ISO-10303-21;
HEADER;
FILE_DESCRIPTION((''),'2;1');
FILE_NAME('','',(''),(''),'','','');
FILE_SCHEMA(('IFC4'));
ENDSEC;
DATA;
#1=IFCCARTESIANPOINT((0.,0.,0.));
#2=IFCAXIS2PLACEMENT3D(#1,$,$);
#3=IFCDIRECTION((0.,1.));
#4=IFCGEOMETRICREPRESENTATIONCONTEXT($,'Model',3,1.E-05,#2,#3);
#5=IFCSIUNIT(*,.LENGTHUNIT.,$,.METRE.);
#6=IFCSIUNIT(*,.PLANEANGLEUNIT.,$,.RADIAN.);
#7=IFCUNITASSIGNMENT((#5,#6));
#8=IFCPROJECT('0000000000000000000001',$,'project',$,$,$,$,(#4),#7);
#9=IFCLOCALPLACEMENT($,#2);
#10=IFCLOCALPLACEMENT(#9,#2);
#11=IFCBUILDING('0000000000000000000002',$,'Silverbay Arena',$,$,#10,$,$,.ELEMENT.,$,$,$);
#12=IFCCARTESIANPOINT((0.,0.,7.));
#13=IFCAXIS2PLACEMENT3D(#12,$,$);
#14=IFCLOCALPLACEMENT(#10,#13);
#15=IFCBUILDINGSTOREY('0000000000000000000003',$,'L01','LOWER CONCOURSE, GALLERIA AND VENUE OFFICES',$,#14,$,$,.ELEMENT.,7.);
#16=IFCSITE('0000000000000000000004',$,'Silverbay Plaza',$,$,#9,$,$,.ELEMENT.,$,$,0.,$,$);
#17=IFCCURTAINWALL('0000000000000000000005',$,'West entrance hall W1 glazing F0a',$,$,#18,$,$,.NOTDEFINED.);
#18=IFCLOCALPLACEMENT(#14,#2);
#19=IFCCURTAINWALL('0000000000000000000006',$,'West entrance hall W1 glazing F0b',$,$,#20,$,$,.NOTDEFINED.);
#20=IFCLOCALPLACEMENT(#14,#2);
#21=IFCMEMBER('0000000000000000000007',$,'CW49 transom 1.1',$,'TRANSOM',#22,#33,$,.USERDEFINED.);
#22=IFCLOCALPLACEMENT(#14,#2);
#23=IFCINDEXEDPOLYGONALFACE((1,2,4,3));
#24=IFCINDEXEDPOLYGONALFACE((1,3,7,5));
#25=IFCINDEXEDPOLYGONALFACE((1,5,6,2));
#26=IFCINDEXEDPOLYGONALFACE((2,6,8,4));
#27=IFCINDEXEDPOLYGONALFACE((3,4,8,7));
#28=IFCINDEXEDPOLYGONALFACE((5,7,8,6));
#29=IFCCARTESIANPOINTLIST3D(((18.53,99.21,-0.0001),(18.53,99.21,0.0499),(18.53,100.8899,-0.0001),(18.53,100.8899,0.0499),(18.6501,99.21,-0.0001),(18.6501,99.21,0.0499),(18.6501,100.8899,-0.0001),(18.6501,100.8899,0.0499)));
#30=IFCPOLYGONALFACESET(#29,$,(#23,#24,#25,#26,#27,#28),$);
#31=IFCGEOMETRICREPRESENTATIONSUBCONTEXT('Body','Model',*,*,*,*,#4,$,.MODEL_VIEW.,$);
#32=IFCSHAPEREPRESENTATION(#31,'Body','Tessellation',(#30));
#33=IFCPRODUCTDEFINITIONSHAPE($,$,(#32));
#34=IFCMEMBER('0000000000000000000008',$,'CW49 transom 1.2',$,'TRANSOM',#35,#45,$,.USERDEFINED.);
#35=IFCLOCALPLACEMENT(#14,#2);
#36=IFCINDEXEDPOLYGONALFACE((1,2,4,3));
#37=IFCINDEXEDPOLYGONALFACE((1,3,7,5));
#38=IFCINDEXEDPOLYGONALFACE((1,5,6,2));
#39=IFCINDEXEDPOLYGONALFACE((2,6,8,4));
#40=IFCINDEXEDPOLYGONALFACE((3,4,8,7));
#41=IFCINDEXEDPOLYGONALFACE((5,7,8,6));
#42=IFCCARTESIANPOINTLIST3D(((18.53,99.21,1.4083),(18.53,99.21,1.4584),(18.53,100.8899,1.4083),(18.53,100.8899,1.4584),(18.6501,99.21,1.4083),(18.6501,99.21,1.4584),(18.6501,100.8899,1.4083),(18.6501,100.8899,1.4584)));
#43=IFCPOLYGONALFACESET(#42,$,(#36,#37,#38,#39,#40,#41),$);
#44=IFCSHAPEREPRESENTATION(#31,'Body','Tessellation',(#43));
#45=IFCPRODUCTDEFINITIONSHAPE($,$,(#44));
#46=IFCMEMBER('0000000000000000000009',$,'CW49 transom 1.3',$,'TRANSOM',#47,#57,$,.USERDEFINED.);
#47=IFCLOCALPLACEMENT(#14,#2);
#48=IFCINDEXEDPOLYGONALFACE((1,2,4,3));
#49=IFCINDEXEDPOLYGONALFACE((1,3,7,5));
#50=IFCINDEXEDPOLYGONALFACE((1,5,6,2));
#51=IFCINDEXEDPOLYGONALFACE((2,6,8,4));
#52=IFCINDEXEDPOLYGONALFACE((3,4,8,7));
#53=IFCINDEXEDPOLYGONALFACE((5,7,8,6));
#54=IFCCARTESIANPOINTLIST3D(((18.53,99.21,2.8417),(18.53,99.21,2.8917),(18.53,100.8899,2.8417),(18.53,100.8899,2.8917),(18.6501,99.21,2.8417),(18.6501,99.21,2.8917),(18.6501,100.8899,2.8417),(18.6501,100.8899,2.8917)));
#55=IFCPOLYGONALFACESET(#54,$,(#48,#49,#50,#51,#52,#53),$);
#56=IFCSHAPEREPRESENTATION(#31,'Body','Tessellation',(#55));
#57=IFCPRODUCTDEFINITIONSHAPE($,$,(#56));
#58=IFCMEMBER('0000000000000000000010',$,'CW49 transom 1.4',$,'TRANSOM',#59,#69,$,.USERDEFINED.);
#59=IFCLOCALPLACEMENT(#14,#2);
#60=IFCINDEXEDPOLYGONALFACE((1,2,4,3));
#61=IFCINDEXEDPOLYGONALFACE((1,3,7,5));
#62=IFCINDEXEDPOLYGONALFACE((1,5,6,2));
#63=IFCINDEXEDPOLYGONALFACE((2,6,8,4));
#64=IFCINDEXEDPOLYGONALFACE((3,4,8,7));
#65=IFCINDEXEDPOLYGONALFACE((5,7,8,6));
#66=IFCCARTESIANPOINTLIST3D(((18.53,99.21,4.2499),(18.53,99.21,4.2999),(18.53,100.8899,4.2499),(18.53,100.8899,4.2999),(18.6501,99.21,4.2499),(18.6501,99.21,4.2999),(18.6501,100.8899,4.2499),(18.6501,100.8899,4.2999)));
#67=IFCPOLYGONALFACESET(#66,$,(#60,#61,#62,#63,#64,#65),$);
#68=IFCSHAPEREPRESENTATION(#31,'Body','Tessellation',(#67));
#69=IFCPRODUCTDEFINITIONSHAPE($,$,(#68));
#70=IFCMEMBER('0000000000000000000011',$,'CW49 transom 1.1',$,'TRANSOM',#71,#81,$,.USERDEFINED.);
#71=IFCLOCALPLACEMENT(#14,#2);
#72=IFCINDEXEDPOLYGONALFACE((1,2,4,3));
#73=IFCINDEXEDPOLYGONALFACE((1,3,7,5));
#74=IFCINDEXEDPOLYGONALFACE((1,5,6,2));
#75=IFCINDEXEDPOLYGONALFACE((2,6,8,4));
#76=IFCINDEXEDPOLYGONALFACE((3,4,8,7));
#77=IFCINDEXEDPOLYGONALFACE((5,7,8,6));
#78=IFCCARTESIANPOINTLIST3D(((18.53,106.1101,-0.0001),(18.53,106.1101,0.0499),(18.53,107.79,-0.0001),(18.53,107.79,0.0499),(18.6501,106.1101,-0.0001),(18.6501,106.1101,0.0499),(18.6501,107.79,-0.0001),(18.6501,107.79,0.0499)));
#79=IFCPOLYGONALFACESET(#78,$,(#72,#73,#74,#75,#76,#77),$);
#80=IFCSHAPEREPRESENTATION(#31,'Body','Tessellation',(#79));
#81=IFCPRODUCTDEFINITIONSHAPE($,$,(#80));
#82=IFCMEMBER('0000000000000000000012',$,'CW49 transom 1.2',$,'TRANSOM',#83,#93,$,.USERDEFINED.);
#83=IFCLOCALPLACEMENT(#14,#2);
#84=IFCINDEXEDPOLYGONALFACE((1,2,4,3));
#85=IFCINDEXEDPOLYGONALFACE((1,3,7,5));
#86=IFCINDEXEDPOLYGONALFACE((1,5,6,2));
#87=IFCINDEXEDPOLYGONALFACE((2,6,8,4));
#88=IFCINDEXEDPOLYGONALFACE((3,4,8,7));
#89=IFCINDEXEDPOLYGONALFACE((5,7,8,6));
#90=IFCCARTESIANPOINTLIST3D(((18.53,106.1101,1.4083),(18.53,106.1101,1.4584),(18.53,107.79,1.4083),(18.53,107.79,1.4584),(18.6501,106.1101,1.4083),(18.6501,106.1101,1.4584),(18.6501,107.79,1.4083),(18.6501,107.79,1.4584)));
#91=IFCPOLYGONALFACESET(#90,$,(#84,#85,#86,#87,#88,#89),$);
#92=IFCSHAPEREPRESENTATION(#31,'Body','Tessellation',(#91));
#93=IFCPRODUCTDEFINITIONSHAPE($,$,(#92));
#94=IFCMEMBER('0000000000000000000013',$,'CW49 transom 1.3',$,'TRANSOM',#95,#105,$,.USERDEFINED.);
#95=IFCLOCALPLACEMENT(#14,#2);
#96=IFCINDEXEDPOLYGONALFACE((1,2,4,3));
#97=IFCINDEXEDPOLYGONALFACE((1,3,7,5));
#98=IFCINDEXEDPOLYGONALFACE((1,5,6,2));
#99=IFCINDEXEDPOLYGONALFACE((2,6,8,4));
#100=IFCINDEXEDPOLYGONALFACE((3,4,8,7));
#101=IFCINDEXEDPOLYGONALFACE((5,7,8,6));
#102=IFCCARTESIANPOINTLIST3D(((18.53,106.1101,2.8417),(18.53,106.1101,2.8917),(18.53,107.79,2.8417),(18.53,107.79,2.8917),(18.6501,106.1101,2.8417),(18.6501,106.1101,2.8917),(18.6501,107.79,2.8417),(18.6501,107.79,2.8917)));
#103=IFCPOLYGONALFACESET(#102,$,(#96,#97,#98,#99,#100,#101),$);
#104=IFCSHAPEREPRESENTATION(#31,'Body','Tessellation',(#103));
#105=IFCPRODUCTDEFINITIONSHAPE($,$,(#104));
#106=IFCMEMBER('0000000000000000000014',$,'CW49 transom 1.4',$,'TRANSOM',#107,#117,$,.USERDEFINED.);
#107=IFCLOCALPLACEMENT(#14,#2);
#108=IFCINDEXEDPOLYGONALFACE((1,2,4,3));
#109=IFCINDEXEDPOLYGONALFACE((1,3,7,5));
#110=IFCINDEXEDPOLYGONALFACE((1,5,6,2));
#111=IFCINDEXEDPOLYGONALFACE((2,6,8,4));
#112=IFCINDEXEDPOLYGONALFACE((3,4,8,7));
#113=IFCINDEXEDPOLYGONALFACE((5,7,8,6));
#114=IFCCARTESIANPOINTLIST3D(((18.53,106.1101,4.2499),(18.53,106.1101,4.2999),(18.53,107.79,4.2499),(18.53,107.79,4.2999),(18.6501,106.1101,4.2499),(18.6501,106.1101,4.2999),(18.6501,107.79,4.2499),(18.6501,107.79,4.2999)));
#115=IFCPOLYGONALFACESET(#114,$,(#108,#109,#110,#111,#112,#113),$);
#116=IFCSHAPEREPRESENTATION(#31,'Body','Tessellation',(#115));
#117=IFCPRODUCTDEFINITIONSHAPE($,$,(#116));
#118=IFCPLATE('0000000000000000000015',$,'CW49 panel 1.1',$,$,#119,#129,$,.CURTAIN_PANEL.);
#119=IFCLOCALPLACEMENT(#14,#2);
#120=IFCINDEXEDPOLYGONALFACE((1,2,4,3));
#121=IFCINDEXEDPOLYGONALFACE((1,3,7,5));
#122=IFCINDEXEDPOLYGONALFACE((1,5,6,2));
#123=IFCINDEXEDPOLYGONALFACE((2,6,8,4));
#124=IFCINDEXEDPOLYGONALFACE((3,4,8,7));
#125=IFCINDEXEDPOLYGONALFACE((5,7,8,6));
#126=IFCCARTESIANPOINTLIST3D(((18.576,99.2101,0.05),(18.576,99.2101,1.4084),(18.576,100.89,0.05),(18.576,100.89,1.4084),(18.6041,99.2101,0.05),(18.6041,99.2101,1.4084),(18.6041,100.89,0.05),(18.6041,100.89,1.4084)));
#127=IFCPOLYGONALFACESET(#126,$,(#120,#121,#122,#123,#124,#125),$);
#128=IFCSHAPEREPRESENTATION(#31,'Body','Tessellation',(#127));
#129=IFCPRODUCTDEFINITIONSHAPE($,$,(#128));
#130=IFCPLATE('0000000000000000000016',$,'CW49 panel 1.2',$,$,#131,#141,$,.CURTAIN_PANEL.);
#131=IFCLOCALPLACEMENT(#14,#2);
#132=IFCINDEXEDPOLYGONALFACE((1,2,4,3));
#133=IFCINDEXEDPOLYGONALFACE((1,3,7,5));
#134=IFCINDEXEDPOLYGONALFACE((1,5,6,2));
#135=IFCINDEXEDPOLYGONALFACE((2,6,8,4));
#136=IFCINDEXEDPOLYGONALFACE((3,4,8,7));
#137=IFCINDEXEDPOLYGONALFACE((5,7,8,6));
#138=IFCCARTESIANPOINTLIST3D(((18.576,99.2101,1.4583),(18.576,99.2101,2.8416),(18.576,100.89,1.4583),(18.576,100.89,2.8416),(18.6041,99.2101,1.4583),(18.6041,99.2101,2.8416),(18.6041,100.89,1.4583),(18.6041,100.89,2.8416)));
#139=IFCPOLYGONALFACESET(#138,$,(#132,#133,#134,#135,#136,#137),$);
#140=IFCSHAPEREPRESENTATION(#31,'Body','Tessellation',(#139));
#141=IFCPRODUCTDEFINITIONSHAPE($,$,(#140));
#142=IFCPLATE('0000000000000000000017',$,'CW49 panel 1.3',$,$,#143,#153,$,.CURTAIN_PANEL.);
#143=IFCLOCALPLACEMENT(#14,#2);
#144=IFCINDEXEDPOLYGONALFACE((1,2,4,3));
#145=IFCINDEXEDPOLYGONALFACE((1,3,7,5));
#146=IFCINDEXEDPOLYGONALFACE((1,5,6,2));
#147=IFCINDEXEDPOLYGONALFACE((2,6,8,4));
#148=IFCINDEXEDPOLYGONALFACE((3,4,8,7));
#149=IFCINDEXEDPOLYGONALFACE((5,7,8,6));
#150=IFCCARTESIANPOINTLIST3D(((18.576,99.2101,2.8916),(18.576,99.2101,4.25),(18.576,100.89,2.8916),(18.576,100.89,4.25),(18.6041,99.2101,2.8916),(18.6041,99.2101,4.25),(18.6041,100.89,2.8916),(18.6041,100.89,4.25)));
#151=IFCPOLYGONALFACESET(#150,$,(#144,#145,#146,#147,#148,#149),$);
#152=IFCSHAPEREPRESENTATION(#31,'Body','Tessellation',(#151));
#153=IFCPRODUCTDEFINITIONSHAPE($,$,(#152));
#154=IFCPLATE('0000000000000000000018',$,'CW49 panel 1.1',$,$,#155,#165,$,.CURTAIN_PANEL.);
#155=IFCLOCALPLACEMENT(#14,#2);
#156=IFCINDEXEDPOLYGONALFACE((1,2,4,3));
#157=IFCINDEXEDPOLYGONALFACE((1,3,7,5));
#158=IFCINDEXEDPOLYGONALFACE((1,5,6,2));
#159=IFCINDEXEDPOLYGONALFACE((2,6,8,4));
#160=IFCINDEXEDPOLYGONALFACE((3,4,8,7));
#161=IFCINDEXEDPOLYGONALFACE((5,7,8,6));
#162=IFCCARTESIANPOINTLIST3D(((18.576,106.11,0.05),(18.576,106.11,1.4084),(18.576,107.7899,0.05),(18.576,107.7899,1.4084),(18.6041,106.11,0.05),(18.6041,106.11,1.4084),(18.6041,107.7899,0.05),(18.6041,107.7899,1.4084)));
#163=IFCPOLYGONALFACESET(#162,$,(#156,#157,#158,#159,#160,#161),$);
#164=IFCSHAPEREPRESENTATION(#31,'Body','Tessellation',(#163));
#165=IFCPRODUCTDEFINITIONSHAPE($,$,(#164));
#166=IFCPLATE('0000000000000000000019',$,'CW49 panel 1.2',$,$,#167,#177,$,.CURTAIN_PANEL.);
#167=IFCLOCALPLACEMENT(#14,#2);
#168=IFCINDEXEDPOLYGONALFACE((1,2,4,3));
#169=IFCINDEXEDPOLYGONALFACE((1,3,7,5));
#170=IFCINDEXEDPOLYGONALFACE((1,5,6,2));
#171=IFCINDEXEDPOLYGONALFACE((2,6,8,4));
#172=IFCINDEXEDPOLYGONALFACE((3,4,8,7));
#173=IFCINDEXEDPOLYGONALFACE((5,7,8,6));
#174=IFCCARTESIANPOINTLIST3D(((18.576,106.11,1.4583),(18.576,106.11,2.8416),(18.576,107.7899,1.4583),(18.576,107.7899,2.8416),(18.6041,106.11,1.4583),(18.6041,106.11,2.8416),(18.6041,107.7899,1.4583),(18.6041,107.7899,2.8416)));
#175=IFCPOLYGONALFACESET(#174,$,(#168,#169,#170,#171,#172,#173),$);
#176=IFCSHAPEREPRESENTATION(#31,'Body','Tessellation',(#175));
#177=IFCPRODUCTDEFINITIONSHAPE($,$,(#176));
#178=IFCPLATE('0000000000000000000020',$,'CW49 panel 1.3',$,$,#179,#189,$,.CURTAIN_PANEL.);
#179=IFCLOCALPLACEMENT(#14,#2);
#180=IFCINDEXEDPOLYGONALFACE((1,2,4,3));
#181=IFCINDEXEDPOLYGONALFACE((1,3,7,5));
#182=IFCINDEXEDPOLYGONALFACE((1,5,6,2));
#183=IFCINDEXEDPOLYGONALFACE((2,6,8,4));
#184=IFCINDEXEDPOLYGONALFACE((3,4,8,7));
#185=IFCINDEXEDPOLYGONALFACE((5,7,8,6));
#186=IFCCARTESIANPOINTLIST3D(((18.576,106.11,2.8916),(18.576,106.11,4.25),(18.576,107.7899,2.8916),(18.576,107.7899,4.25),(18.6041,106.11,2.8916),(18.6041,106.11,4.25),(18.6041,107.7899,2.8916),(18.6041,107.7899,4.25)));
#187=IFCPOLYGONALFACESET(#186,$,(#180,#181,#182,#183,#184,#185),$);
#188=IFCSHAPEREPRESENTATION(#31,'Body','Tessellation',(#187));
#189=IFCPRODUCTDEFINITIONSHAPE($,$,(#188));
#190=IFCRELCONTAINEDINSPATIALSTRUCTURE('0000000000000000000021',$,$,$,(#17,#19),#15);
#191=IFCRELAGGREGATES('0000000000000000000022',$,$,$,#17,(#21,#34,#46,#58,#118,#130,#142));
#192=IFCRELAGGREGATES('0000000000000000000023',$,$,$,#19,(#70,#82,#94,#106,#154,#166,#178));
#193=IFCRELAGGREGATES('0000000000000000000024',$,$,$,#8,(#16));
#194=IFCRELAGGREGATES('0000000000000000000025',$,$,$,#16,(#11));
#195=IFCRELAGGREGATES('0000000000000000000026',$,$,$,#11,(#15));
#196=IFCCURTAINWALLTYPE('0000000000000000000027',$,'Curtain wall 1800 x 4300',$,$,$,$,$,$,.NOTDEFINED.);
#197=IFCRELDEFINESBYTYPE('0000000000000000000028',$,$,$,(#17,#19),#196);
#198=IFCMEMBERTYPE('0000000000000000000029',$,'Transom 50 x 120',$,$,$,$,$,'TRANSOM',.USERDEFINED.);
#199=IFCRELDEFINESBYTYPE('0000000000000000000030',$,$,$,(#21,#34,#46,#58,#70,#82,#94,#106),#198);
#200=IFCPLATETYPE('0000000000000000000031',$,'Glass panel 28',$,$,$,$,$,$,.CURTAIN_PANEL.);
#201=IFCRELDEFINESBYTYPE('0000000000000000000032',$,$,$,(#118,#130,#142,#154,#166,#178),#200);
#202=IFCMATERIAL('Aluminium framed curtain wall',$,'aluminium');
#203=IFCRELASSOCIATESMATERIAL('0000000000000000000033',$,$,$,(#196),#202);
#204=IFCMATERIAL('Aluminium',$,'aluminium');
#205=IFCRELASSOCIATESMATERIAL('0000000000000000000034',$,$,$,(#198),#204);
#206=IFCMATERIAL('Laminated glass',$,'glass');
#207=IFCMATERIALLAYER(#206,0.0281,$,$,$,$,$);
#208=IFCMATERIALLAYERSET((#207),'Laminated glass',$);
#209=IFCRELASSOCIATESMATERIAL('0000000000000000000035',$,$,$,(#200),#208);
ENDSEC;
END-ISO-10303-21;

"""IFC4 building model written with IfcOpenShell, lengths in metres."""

from ifc_helpers import new_model, si_unit, direction, frame, origin, origin_2d, place, context, subcontext, project, spatial, rectangle, extrude, material, layer, layer_set, material_profile, profile_set, type_object, element, aggregate, save


model = new_model("IFC4")

# Units and contexts
model_context = context("Model", 3, precision=1e-05, world=origin(), true_north=direction((0.0, 1.0)))
body_context = subcontext(model_context, "Body", "Model", "MODEL_VIEW")
ifc_project = project(units=[si_unit("LENGTHUNIT", "METRE"), si_unit("PLANEANGLEUNIT", "RADIAN")], contexts=[model_context])

# Site, building, storey
site_placement = place(None, origin())
site = spatial("IfcSite", under=ifc_project, at=site_placement, Name="Silverbay Plaza", CompositionType="ELEMENT", RefElevation=0.0)
building_placement = place(site_placement, origin())
building = spatial("IfcBuilding", under=site, at=building_placement, Name="Silverbay Arena", CompositionType="ELEMENT")
storey_placement = place(building_placement, frame((0.0, 0.0, 7.0)))
storey = spatial("IfcBuildingStorey", under=building, at=storey_placement, Name="L01", Description="LOWER CONCOURSE, GALLERIA AND VENUE OFFICES", CompositionType="ELEMENT", Elevation=7.0)

# Curtain walls
ifc_material_1 = material(Name="Aluminium framed curtain wall", Category="aluminium")
curtain_wall_type = type_object("IfcCurtainWallType", Name="Curtain wall 1800 x 4300", PredefinedType="NOTDEFINED", material=ifc_material_1)
curtain_wall_1_placement = place(storey_placement, origin())
curtain_wall_1 = element("IfcCurtainWall", 1, at=curtain_wall_1_placement, inside=storey, type_object=curtain_wall_type, Name="West entrance hall W1 glazing F0a", PredefinedType="NOTDEFINED")
curtain_wall_2_placement = place(storey_placement, origin())
curtain_wall_2 = element("IfcCurtainWall", 2, at=curtain_wall_2_placement, inside=storey, type_object=curtain_wall_type, Name="West entrance hall W1 glazing F0b", PredefinedType="NOTDEFINED")

# Members
ifc_material_2 = material(Name="Aluminium", Category="aluminium")
ifc_material_profile_1 = material_profile(ifc_material_2, rectangle(XDim=0.1201, YDim=0.05, at=origin_2d()), Name="Transom 50 x 120")
ifc_profile_set_1 = profile_set([ifc_material_profile_1], Name="Aluminium")
member_type_1 = type_object("IfcMemberType", Name="Transom 50 x 120", ElementType="TRANSOM", PredefinedType="USERDEFINED", material=ifc_profile_set_1)
member_1_placement = place(storey_placement, frame((18.5901, 99.21, 0.0249), z_axis=(0.0, 1.0, 0.0), x_axis=(-1.0, 0.0, 0.0)))
member_1 = element("IfcMember", 3, at=member_1_placement, type_object=member_type_1, Name="CW49 transom 1.1", ObjectType="TRANSOM", PredefinedType="USERDEFINED", context=body_context, shape_type="SweptSolid", body=[
    extrude(rectangle(XDim=0.1201, YDim=0.05, at=origin_2d()), origin(), (0.0, 0.0, 1.0), 1.6799),
])
member_2_placement = place(storey_placement, frame((18.5901, 99.21, 1.4333), z_axis=(0.0, 1.0, 0.0), x_axis=(-1.0, 0.0, 0.0)))
member_2 = element("IfcMember", 4, at=member_2_placement, type_object=member_type_1, Name="CW49 transom 1.2", ObjectType="TRANSOM", PredefinedType="USERDEFINED", context=body_context, shape_type="SweptSolid", body=[
    extrude(rectangle(XDim=0.1201, YDim=0.05, at=origin_2d()), origin(), (0.0, 0.0, 1.0), 1.6799),
])
member_3_placement = place(storey_placement, frame((18.5901, 99.21, 2.8667), z_axis=(0.0, 1.0, 0.0), x_axis=(-1.0, 0.0, 0.0)))
member_3 = element("IfcMember", 5, at=member_3_placement, type_object=member_type_1, Name="CW49 transom 1.3", ObjectType="TRANSOM", PredefinedType="USERDEFINED", context=body_context, shape_type="SweptSolid", body=[
    extrude(rectangle(XDim=0.1201, YDim=0.05, at=origin_2d()), origin(), (0.0, 0.0, 1.0), 1.6799),
])
member_4_placement = place(storey_placement, frame((18.5901, 99.21, 4.2749), z_axis=(0.0, 1.0, 0.0), x_axis=(-1.0, 0.0, 0.0)))
member_4 = element("IfcMember", 6, at=member_4_placement, type_object=member_type_1, Name="CW49 transom 1.4", ObjectType="TRANSOM", PredefinedType="USERDEFINED", context=body_context, shape_type="SweptSolid", body=[
    extrude(rectangle(XDim=0.1201, YDim=0.05, at=origin_2d()), origin(), (0.0, 0.0, 1.0), 1.6799),
])
member_5_placement = place(storey_placement, frame((18.5901, 106.1101, 0.0249), z_axis=(0.0, 1.0, 0.0), x_axis=(-1.0, 0.0, 0.0)))
member_5 = element("IfcMember", 7, at=member_5_placement, type_object=member_type_1, Name="CW49 transom 1.1", ObjectType="TRANSOM", PredefinedType="USERDEFINED", context=body_context, shape_type="SweptSolid", body=[
    extrude(rectangle(XDim=0.1201, YDim=0.05, at=origin_2d()), origin(), (0.0, 0.0, 1.0), 1.6799),
])
member_6_placement = place(storey_placement, frame((18.5901, 106.1101, 1.4333), z_axis=(0.0, 1.0, 0.0), x_axis=(-1.0, 0.0, 0.0)))
member_6 = element("IfcMember", 8, at=member_6_placement, type_object=member_type_1, Name="CW49 transom 1.2", ObjectType="TRANSOM", PredefinedType="USERDEFINED", context=body_context, shape_type="SweptSolid", body=[
    extrude(rectangle(XDim=0.1201, YDim=0.05, at=origin_2d()), origin(), (0.0, 0.0, 1.0), 1.6799),
])
member_7_placement = place(storey_placement, frame((18.5901, 106.1101, 2.8667), z_axis=(0.0, 1.0, 0.0), x_axis=(-1.0, 0.0, 0.0)))
member_7 = element("IfcMember", 9, at=member_7_placement, type_object=member_type_1, Name="CW49 transom 1.3", ObjectType="TRANSOM", PredefinedType="USERDEFINED", context=body_context, shape_type="SweptSolid", body=[
    extrude(rectangle(XDim=0.1201, YDim=0.05, at=origin_2d()), origin(), (0.0, 0.0, 1.0), 1.6799),
])
member_8_placement = place(storey_placement, frame((18.5901, 106.1101, 4.2749), z_axis=(0.0, 1.0, 0.0), x_axis=(-1.0, 0.0, 0.0)))
member_8 = element("IfcMember", 10, at=member_8_placement, type_object=member_type_1, Name="CW49 transom 1.4", ObjectType="TRANSOM", PredefinedType="USERDEFINED", context=body_context, shape_type="SweptSolid", body=[
    extrude(rectangle(XDim=0.1201, YDim=0.05, at=origin_2d()), origin(), (0.0, 0.0, 1.0), 1.6799),
])

# Plates
ifc_material_3 = material(Name="Laminated glass", Category="glass")
ifc_layer_1 = layer(ifc_material_3, 0.0281)
ifc_layer_set_1 = layer_set([ifc_layer_1], Name="Laminated glass")
plate_type = type_object("IfcPlateType", Name="Glass panel 28", PredefinedType="CURTAIN_PANEL", material=ifc_layer_set_1)
plate_1_placement = place(storey_placement, frame((18.5901, 100.05, 0.05), z_axis=(0.0, 0.0, 1.0), x_axis=(0.0, 1.0, 0.0)))
plate_1 = element("IfcPlate", 11, at=plate_1_placement, type_object=plate_type, Name="CW49 panel 1.1", PredefinedType="CURTAIN_PANEL", context=body_context, shape_type="SweptSolid", body=[
    extrude(rectangle(XDim=1.6799, YDim=0.0281, at=origin_2d()), origin(), (0.0, 0.0, 1.0), 1.3584),
])
plate_2_placement = place(storey_placement, frame((18.5901, 100.05, 1.4583), z_axis=(0.0, 0.0, 1.0), x_axis=(0.0, 1.0, 0.0)))
plate_2 = element("IfcPlate", 12, at=plate_2_placement, type_object=plate_type, Name="CW49 panel 1.2", PredefinedType="CURTAIN_PANEL", context=body_context, shape_type="SweptSolid", body=[
    extrude(rectangle(XDim=1.6799, YDim=0.0281, at=origin_2d()), origin(), (0.0, 0.0, 1.0), 1.3833),
])
plate_3_placement = place(storey_placement, frame((18.5901, 100.05, 2.8916), z_axis=(0.0, 0.0, 1.0), x_axis=(0.0, 1.0, 0.0)))
plate_3 = element("IfcPlate", 13, at=plate_3_placement, type_object=plate_type, Name="CW49 panel 1.3", PredefinedType="CURTAIN_PANEL", context=body_context, shape_type="SweptSolid", body=[
    extrude(rectangle(XDim=1.6799, YDim=0.0281, at=origin_2d()), origin(), (0.0, 0.0, 1.0), 1.3584),
])
aggregate(curtain_wall_1, [member_1, member_2, member_3, member_4, plate_1, plate_2, plate_3])
plate_4_placement = place(storey_placement, frame((18.5901, 106.95, 0.05), z_axis=(0.0, 0.0, 1.0), x_axis=(0.0, 1.0, 0.0)))
plate_4 = element("IfcPlate", 14, at=plate_4_placement, type_object=plate_type, Name="CW49 panel 1.1", PredefinedType="CURTAIN_PANEL", context=body_context, shape_type="SweptSolid", body=[
    extrude(rectangle(XDim=1.6799, YDim=0.0281, at=origin_2d()), origin(), (0.0, 0.0, 1.0), 1.3584),
])
plate_5_placement = place(storey_placement, frame((18.5901, 106.95, 1.4583), z_axis=(0.0, 0.0, 1.0), x_axis=(0.0, 1.0, 0.0)))
plate_5 = element("IfcPlate", 15, at=plate_5_placement, type_object=plate_type, Name="CW49 panel 1.2", PredefinedType="CURTAIN_PANEL", context=body_context, shape_type="SweptSolid", body=[
    extrude(rectangle(XDim=1.6799, YDim=0.0281, at=origin_2d()), origin(), (0.0, 0.0, 1.0), 1.3833),
])
plate_6_placement = place(storey_placement, frame((18.5901, 106.95, 2.8916), z_axis=(0.0, 0.0, 1.0), x_axis=(0.0, 1.0, 0.0)))
plate_6 = element("IfcPlate", 16, at=plate_6_placement, type_object=plate_type, Name="CW49 panel 1.3", PredefinedType="CURTAIN_PANEL", context=body_context, shape_type="SweptSolid", body=[
    extrude(rectangle(XDim=1.6799, YDim=0.0281, at=origin_2d()), origin(), (0.0, 0.0, 1.0), 1.3584),
])
aggregate(curtain_wall_2, [member_5, member_6, member_7, member_8, plate_4, plate_5, plate_6])

save(model, "model.ifc")
